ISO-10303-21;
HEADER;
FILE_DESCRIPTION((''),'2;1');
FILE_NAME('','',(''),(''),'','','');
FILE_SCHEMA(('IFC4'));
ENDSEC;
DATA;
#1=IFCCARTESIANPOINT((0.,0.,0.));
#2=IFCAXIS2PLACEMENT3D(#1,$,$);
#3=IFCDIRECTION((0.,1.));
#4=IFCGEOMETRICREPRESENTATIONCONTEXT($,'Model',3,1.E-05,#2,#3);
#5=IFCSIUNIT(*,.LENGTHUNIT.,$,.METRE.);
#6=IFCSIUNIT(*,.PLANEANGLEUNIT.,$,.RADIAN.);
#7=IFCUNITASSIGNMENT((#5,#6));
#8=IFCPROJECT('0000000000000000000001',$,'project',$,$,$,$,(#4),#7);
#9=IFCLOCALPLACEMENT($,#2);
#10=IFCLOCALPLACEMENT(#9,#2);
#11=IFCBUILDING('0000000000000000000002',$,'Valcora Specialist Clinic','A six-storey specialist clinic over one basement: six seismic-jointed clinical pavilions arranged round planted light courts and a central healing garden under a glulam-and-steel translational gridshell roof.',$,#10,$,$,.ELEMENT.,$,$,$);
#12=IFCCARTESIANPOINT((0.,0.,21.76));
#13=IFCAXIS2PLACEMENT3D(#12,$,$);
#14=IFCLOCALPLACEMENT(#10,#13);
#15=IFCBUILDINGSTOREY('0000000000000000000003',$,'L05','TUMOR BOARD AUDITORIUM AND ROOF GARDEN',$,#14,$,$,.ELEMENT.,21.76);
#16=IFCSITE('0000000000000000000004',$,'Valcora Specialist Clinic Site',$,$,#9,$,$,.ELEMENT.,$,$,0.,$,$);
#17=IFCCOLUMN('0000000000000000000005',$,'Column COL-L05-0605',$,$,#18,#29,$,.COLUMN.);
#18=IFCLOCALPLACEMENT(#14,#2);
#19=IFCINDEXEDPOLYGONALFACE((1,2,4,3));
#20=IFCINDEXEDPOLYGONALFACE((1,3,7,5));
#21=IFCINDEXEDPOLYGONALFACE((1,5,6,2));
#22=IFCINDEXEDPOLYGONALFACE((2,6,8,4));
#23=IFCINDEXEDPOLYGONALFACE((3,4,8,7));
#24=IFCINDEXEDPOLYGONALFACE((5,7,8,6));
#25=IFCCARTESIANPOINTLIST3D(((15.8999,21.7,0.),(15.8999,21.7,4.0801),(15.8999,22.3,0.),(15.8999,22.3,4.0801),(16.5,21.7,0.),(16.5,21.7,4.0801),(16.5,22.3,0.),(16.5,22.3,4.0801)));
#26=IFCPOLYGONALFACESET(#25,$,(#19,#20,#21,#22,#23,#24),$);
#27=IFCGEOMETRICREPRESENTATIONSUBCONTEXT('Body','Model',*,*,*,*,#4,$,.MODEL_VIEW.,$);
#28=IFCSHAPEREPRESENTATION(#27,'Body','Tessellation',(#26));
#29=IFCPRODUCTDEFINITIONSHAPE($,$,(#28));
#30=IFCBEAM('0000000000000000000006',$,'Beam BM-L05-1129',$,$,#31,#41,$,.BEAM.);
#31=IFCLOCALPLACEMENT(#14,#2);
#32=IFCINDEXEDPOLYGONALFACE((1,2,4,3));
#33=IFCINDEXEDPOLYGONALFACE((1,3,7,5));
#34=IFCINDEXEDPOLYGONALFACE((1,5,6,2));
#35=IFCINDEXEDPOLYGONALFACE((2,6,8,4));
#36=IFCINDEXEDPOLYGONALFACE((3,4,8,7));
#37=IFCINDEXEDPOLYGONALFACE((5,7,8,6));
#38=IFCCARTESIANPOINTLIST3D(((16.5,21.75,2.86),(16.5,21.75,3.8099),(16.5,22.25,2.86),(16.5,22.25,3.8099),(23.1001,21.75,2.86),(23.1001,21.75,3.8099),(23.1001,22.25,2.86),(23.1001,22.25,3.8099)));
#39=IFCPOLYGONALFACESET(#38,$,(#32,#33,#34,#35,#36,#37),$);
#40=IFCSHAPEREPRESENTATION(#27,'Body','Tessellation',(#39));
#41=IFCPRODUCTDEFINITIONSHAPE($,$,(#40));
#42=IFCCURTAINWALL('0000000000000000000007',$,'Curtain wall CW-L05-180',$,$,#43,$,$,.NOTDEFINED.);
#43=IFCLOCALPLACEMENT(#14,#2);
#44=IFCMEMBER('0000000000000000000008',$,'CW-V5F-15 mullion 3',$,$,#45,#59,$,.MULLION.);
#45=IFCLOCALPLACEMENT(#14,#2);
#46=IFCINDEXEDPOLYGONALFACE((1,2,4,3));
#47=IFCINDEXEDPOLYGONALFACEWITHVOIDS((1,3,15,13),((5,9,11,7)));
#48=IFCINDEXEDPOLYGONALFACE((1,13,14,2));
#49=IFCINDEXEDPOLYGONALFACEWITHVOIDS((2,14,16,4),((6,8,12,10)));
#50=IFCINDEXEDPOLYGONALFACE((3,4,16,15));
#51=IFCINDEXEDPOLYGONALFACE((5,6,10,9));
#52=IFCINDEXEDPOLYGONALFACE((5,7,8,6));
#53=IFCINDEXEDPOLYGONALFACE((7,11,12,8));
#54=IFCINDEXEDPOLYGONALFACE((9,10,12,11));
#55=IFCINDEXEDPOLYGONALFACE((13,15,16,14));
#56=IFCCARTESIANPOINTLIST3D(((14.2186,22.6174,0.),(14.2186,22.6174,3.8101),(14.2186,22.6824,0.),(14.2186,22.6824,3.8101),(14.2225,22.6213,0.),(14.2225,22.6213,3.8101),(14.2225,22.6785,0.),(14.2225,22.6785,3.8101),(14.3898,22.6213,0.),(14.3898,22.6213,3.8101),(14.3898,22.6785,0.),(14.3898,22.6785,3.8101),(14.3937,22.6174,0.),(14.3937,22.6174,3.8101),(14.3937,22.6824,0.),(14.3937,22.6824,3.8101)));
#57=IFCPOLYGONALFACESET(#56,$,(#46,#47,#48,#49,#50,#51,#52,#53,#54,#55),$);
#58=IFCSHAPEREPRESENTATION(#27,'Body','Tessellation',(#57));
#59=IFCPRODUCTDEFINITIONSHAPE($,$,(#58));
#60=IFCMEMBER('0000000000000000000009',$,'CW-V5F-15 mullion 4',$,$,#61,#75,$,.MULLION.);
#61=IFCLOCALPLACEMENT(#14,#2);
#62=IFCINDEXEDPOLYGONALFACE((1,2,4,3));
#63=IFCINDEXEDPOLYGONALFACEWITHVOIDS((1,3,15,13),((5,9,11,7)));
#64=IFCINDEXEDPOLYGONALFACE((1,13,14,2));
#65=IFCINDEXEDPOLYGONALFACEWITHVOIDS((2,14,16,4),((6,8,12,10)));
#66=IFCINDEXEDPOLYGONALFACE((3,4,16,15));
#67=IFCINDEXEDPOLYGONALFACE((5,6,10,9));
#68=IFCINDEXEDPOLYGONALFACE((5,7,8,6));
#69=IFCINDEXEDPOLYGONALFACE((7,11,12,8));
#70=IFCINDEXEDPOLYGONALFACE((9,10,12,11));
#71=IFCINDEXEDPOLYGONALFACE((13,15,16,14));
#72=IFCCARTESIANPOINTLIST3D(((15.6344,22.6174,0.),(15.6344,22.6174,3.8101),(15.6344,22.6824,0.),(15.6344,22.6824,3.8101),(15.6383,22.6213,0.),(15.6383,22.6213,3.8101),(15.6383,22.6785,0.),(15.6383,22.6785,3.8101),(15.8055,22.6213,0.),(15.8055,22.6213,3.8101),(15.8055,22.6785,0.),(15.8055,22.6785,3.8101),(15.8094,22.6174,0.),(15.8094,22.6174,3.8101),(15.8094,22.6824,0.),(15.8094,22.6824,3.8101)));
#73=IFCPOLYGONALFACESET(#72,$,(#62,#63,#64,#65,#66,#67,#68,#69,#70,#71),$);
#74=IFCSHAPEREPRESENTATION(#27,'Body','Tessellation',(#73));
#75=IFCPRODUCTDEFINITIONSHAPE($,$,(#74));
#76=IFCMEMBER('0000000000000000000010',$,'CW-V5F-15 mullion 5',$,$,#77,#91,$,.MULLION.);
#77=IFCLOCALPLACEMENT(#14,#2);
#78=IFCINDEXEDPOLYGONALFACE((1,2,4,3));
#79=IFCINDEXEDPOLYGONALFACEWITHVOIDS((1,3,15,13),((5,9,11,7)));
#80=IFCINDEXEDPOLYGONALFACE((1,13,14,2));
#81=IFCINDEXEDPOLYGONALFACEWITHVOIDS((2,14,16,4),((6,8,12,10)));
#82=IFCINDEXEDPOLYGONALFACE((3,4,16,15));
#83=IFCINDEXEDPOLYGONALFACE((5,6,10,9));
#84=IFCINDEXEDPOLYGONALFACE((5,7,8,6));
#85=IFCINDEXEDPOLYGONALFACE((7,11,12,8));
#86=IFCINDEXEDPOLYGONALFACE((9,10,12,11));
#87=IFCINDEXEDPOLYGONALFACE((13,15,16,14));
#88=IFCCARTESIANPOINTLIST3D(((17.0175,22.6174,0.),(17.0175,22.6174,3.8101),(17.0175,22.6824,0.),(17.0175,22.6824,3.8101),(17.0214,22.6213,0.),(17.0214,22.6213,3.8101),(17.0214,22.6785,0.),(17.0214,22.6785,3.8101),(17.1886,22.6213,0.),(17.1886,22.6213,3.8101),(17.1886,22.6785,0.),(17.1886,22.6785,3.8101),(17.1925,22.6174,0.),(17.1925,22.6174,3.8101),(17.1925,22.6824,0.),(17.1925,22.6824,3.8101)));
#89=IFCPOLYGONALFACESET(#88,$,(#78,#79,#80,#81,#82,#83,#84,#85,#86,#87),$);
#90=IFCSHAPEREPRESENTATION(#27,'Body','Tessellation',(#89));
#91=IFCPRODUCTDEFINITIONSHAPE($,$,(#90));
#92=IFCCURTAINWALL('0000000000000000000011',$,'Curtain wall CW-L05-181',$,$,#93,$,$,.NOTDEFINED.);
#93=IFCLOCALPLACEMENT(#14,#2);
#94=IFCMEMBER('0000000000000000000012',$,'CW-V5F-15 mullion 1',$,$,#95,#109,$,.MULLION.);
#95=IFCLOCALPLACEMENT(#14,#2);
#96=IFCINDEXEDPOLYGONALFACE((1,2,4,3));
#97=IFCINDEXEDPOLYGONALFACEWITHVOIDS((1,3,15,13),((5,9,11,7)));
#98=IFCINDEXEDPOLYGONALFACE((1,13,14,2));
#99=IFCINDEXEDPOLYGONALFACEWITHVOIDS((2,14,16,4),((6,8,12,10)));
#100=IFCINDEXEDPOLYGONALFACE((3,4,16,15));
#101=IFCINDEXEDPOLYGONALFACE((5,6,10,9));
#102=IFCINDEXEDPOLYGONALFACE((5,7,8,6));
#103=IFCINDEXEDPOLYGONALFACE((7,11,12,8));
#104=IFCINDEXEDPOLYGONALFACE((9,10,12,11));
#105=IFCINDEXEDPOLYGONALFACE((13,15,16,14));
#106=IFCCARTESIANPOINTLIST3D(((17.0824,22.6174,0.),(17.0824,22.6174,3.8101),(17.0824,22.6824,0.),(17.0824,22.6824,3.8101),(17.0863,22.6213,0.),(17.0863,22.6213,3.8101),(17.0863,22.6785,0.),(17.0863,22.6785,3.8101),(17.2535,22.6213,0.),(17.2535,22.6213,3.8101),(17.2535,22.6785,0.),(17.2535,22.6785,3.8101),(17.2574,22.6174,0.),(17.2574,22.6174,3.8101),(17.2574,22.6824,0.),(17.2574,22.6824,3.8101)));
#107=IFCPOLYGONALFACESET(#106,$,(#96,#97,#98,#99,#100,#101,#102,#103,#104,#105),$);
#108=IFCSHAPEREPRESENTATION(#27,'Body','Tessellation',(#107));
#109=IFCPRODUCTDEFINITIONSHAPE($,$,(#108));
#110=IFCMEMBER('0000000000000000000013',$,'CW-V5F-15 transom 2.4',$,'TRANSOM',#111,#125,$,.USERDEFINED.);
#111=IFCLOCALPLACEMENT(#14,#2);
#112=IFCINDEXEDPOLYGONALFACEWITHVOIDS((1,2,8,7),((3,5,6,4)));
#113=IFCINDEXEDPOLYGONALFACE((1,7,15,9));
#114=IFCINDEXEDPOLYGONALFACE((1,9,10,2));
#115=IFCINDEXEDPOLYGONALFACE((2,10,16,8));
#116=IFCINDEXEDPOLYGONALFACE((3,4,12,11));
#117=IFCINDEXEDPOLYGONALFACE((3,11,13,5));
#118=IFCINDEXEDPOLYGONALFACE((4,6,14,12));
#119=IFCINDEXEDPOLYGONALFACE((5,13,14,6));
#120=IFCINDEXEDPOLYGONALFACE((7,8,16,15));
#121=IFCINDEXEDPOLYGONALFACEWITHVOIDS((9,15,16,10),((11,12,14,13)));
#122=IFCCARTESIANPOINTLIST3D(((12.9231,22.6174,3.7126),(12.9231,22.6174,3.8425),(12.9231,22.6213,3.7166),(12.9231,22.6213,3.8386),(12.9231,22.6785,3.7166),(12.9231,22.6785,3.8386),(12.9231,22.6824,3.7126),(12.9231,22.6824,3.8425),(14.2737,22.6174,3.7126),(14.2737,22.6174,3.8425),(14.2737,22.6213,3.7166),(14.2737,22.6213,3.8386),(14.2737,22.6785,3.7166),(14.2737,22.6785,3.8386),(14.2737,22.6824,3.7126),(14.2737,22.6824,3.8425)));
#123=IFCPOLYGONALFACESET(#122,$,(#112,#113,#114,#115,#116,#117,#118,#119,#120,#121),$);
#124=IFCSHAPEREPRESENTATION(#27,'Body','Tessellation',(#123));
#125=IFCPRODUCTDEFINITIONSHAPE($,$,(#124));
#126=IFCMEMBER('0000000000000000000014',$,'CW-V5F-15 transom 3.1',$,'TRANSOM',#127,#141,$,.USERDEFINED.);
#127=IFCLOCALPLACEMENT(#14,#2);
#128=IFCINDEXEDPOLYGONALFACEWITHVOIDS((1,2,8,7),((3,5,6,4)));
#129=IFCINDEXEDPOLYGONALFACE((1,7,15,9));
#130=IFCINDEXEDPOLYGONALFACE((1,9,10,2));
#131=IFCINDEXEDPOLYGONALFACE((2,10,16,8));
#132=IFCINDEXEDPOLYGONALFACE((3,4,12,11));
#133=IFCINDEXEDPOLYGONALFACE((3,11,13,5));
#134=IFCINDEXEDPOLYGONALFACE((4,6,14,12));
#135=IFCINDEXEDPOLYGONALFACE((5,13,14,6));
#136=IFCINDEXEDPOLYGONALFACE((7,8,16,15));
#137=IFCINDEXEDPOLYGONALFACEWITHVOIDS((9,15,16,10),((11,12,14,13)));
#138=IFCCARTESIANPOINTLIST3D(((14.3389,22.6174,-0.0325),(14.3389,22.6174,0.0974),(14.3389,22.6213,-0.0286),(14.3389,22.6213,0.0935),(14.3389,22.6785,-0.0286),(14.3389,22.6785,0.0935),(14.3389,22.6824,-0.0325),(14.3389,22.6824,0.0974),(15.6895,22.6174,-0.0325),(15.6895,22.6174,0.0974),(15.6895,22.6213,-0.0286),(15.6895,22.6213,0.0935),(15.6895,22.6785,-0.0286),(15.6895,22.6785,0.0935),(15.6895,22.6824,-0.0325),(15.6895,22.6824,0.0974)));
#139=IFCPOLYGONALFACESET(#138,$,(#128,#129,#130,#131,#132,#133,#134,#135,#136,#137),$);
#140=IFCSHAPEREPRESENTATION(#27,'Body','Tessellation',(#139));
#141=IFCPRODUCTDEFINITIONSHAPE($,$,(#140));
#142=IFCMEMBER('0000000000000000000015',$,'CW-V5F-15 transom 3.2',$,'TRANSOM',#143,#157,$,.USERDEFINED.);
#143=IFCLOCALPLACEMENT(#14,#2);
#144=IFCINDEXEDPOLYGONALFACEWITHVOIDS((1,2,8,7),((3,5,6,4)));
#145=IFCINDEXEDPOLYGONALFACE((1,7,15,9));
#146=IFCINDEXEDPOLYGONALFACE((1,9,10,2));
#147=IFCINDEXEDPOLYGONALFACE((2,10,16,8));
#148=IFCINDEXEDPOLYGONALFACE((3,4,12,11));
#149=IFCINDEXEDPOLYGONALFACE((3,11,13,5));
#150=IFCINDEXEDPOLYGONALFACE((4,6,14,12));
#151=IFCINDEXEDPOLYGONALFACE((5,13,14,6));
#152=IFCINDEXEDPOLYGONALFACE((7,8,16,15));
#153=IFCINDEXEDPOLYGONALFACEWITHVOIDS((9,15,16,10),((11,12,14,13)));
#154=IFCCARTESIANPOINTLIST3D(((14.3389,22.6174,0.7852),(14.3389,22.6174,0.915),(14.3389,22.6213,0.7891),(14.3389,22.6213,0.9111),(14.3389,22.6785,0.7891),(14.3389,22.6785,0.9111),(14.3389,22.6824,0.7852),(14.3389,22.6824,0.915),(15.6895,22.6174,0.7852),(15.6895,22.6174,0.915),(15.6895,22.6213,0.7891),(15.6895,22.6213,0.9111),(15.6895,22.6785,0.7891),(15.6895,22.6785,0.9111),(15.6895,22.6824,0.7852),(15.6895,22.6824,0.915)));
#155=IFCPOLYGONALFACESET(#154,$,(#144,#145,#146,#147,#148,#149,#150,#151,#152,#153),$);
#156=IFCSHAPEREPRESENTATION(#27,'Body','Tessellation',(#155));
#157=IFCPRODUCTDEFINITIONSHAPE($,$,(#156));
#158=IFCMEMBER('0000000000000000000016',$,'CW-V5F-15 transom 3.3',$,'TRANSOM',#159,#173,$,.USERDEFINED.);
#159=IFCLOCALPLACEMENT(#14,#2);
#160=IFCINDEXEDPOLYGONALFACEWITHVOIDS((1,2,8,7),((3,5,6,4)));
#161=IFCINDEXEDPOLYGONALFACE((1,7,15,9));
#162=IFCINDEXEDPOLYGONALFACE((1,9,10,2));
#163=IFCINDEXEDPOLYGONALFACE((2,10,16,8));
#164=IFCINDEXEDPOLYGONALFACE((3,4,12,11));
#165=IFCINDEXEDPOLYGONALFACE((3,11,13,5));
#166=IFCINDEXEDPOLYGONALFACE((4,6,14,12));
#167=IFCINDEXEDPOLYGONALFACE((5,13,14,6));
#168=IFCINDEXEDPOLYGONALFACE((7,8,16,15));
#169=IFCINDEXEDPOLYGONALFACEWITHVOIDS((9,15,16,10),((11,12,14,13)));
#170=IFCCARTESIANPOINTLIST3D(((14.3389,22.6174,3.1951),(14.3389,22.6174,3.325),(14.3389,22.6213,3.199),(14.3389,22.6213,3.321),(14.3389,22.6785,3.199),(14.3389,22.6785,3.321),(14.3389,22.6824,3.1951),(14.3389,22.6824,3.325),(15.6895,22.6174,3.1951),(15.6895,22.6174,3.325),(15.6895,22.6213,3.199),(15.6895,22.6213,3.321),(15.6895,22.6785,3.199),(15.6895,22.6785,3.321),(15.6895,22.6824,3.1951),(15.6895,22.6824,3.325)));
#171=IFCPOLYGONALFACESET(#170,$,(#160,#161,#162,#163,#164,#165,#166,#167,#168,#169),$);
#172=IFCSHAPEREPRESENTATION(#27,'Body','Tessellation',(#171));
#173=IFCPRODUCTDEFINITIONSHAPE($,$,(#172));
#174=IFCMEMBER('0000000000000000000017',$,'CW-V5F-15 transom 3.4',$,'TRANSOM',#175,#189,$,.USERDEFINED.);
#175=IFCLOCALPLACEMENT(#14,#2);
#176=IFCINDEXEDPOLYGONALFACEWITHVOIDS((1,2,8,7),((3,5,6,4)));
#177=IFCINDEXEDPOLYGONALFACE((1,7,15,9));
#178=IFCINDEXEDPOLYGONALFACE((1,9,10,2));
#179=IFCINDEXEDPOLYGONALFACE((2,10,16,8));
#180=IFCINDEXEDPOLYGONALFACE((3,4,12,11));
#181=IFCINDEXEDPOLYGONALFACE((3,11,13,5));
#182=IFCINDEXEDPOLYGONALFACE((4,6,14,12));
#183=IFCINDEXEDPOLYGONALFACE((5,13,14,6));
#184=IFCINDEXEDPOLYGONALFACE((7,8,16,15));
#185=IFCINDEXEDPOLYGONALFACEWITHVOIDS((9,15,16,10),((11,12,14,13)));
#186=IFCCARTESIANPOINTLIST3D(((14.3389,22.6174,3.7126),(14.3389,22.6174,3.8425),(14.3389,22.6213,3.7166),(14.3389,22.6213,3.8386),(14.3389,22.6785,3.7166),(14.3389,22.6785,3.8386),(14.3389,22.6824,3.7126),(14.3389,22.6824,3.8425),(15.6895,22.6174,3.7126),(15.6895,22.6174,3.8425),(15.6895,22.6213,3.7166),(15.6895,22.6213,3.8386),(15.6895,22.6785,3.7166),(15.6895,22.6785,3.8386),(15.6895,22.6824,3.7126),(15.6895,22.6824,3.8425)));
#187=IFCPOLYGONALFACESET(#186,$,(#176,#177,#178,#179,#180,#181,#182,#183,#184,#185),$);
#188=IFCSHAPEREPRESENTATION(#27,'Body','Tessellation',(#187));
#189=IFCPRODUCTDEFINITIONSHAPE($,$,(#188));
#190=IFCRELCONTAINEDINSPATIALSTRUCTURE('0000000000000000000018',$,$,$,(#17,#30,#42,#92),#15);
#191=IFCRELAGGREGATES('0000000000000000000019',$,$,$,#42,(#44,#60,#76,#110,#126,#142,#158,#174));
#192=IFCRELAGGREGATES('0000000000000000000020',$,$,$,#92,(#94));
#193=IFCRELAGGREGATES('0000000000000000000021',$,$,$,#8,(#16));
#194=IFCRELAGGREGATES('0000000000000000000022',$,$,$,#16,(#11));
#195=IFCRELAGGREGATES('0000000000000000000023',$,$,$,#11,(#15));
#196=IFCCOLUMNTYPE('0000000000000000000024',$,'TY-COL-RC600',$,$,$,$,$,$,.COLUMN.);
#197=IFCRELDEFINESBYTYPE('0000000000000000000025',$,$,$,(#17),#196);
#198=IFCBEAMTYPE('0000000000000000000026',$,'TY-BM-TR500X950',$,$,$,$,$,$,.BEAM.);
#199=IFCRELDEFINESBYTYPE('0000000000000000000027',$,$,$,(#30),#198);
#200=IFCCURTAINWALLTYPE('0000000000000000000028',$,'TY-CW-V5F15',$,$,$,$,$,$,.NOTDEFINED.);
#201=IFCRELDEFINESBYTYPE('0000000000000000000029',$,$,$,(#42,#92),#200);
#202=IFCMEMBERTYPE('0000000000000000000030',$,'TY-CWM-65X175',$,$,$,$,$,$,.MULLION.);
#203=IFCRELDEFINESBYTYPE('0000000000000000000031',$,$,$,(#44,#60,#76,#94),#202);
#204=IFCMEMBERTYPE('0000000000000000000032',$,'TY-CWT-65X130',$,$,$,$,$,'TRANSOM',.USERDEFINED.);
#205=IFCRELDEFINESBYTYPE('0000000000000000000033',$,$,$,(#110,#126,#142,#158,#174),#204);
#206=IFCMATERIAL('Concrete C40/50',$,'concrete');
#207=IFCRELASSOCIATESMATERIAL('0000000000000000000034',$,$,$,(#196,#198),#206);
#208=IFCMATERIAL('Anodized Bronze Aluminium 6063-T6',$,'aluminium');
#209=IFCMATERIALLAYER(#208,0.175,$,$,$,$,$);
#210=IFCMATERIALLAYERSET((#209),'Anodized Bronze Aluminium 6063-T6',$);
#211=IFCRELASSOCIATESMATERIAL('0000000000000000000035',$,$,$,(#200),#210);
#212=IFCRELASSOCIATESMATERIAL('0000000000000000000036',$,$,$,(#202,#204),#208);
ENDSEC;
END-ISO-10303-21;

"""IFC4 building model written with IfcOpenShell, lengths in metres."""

from ifc_helpers import new_model, si_unit, direction, frame, origin, origin_2d, place, context, subcontext, project, spatial, rectangle, hollow_rectangle, extrude, material, layer, layer_set, material_profile, profile_set, type_object, element, aggregate, save


model = new_model("IFC4")

# Units and contexts
model_context = context("Model", 3, precision=1e-05, world=origin(), true_north=direction((0.0, 1.0)))
body_context = subcontext(model_context, "Body", "Model", "MODEL_VIEW")
ifc_project = project(units=[si_unit("LENGTHUNIT", "METRE"), si_unit("PLANEANGLEUNIT", "RADIAN")], contexts=[model_context])

# Site, building, storey
site_placement = place(None, origin())
site = spatial("IfcSite", under=ifc_project, at=site_placement, Name="Valcora Specialist Clinic Site", CompositionType="ELEMENT", RefElevation=0.0)
building_placement = place(site_placement, origin())
building = spatial("IfcBuilding", under=site, at=building_placement, Name="Valcora Specialist Clinic", Description="A six-storey specialist clinic over one basement: six seismic-jointed clinical pavilions arranged round planted light courts and a central healing garden under a glulam-and-steel translational gridshell roof.", CompositionType="ELEMENT")
storey_placement = place(building_placement, frame((0.0, 0.0, 21.76)))
storey = spatial("IfcBuildingStorey", under=building, at=storey_placement, Name="L05", Description="TUMOR BOARD AUDITORIUM AND ROOF GARDEN", CompositionType="ELEMENT", Elevation=21.76)

# Column
ifc_material_1 = material(Name="Concrete C40/50", Category="concrete")
ifc_material_profile_1 = material_profile(ifc_material_1, rectangle(XDim=0.6001, YDim=0.6001, at=origin_2d()), Name="RC-COL-600X600")
ifc_profile_set_1 = profile_set([ifc_material_profile_1], Name="Concrete C40/50")
column_type = type_object("IfcColumnType", Name="TY-COL-RC600", PredefinedType="COLUMN", material=ifc_profile_set_1)
column_placement = place(storey_placement, frame((16.2, 22.0, 0.0), z_axis=(0.0, 0.0, 1.0), x_axis=(1.0, 0.0, 0.0)))
element("IfcColumn", 1, at=column_placement, inside=storey, type_object=column_type, Name="Column COL-L05-0605", PredefinedType="COLUMN", context=body_context, shape_type="SweptSolid", body=[
    extrude(rectangle(XDim=0.6001, YDim=0.6001, at=origin_2d()), origin(), (0.0, 0.0, 1.0), 4.0801),
])

# Beam
ifc_material_profile_2 = material_profile(ifc_material_1, rectangle(XDim=0.5, YDim=0.95, at=origin_2d()), Name="RC-BM-500X950")
ifc_profile_set_2 = profile_set([ifc_material_profile_2], Name="Concrete C40/50")
beam_type = type_object("IfcBeamType", Name="TY-BM-TR500X950", PredefinedType="BEAM", material=ifc_profile_set_2)
beam_placement = place(storey_placement, frame((16.5, 22.0, 3.335), z_axis=(1.0, 0.0, 0.0), x_axis=(0.0, 1.0, 0.0)))
element("IfcBeam", 2, at=beam_placement, inside=storey, type_object=beam_type, Name="Beam BM-L05-1129", PredefinedType="BEAM", context=body_context, shape_type="SweptSolid", body=[
    extrude(rectangle(XDim=0.5, YDim=0.95, at=origin_2d()), origin(), (0.0, 0.0, 1.0), 6.6001),
])

# Curtain wall, members
ifc_material_2 = material(Name="Anodized Bronze Aluminium 6063-T6", Category="aluminium")
ifc_layer_1 = layer(ifc_material_2, 0.175)
ifc_layer_set_1 = layer_set([ifc_layer_1], Name="Anodized Bronze Aluminium 6063-T6")
curtain_wall_type = type_object("IfcCurtainWallType", Name="TY-CW-V5F15", PredefinedType="NOTDEFINED", material=ifc_layer_set_1)
curtain_wall_1_placement = place(storey_placement, origin())
curtain_wall_1 = element("IfcCurtainWall", 3, at=curtain_wall_1_placement, inside=storey, type_object=curtain_wall_type, Name="Curtain wall CW-L05-180", PredefinedType="NOTDEFINED")
ifc_material_profile_3 = material_profile(ifc_material_2, hollow_rectangle(XDim=0.0649, YDim=0.175, WallThickness=0.0039, at=origin_2d()), Name="AL-MUL-65X175")
ifc_profile_set_3 = profile_set([ifc_material_profile_3], Name="Anodized Bronze Aluminium 6063-T6")
member_type_1 = type_object("IfcMemberType", Name="TY-CWM-65X175", PredefinedType="MULLION", material=ifc_profile_set_3)
member_1_placement = place(storey_placement, frame((14.3062, 22.6499, 0.0), z_axis=(0.0, 0.0, 1.0), x_axis=(0.0, 1.0, 0.0)))
member_1 = element("IfcMember", 4, at=member_1_placement, type_object=member_type_1, Name="CW-V5F-15 mullion 3", PredefinedType="MULLION", context=body_context, shape_type="SweptSolid", body=[
    extrude(hollow_rectangle(XDim=0.0649, YDim=0.175, WallThickness=0.0039, at=origin_2d()), origin(), (0.0, 0.0, 1.0), 3.8101),
])
member_2_placement = place(storey_placement, frame((15.7219, 22.6499, 0.0), z_axis=(0.0, 0.0, 1.0), x_axis=(0.0, 1.0, 0.0)))
member_2 = element("IfcMember", 5, at=member_2_placement, type_object=member_type_1, Name="CW-V5F-15 mullion 4", PredefinedType="MULLION", context=body_context, shape_type="SweptSolid", body=[
    extrude(hollow_rectangle(XDim=0.0649, YDim=0.175, WallThickness=0.0039, at=origin_2d()), origin(), (0.0, 0.0, 1.0), 3.8101),
])
member_3_placement = place(storey_placement, frame((17.105, 22.6499, 0.0), z_axis=(0.0, 0.0, 1.0), x_axis=(0.0, 1.0, 0.0)))
member_3 = element("IfcMember", 6, at=member_3_placement, type_object=member_type_1, Name="CW-V5F-15 mullion 5", PredefinedType="MULLION", context=body_context, shape_type="SweptSolid", body=[
    extrude(hollow_rectangle(XDim=0.0649, YDim=0.175, WallThickness=0.0039, at=origin_2d()), origin(), (0.0, 0.0, 1.0), 3.8101),
])

# Curtain wall, member
curtain_wall_2_placement = place(storey_placement, origin())
curtain_wall_2 = element("IfcCurtainWall", 7, at=curtain_wall_2_placement, inside=storey, type_object=curtain_wall_type, Name="Curtain wall CW-L05-181", PredefinedType="NOTDEFINED")
member_4_placement = place(storey_placement, frame((17.1699, 22.6499, 0.0), z_axis=(0.0, 0.0, 1.0), x_axis=(0.0, 1.0, 0.0)))
member_4 = element("IfcMember", 8, at=member_4_placement, type_object=member_type_1, Name="CW-V5F-15 mullion 1", PredefinedType="MULLION", context=body_context, shape_type="SweptSolid", body=[
    extrude(hollow_rectangle(XDim=0.0649, YDim=0.175, WallThickness=0.0039, at=origin_2d()), origin(), (0.0, 0.0, 1.0), 3.8101),
])

# Members
ifc_material_profile_4 = material_profile(ifc_material_2, hollow_rectangle(XDim=0.0649, YDim=0.1299, WallThickness=0.0039, at=origin_2d()), Name="AL-TRN-65X130")
ifc_profile_set_4 = profile_set([ifc_material_profile_4], Name="Anodized Bronze Aluminium 6063-T6")
member_type_2 = type_object("IfcMemberType", Name="TY-CWT-65X130", ElementType="TRANSOM", PredefinedType="USERDEFINED", material=ifc_profile_set_4)
member_5_placement = place(storey_placement, frame((12.9231, 22.6499, 3.7776), z_axis=(1.0, 0.0, 0.0), x_axis=(0.0, 1.0, 0.0)))
member_5 = element("IfcMember", 9, at=member_5_placement, type_object=member_type_2, Name="CW-V5F-15 transom 2.4", ObjectType="TRANSOM", PredefinedType="USERDEFINED", context=body_context, shape_type="SweptSolid", body=[
    extrude(hollow_rectangle(XDim=0.0649, YDim=0.1299, WallThickness=0.0039, at=origin_2d()), origin(), (0.0, 0.0, 1.0), 1.3506),
])
member_6_placement = place(storey_placement, frame((14.3389, 22.6499, 0.0325), z_axis=(1.0, 0.0, 0.0), x_axis=(0.0, 1.0, 0.0)))
member_6 = element("IfcMember", 10, at=member_6_placement, type_object=member_type_2, Name="CW-V5F-15 transom 3.1", ObjectType="TRANSOM", PredefinedType="USERDEFINED", context=body_context, shape_type="SweptSolid", body=[
    extrude(hollow_rectangle(XDim=0.0649, YDim=0.1299, WallThickness=0.0039, at=origin_2d()), origin(), (0.0, 0.0, 1.0), 1.3506),
])
member_7_placement = place(storey_placement, frame((14.3389, 22.6499, 0.8501), z_axis=(1.0, 0.0, 0.0), x_axis=(0.0, 1.0, 0.0)))
member_7 = element("IfcMember", 11, at=member_7_placement, type_object=member_type_2, Name="CW-V5F-15 transom 3.2", ObjectType="TRANSOM", PredefinedType="USERDEFINED", context=body_context, shape_type="SweptSolid", body=[
    extrude(hollow_rectangle(XDim=0.0649, YDim=0.1299, WallThickness=0.0039, at=origin_2d()), origin(), (0.0, 0.0, 1.0), 1.3506),
])
member_8_placement = place(storey_placement, frame((14.3389, 22.6499, 3.26), z_axis=(1.0, 0.0, 0.0), x_axis=(0.0, 1.0, 0.0)))
member_8 = element("IfcMember", 12, at=member_8_placement, type_object=member_type_2, Name="CW-V5F-15 transom 3.3", ObjectType="TRANSOM", PredefinedType="USERDEFINED", context=body_context, shape_type="SweptSolid", body=[
    extrude(hollow_rectangle(XDim=0.0649, YDim=0.1299, WallThickness=0.0039, at=origin_2d()), origin(), (0.0, 0.0, 1.0), 1.3506),
])
member_9_placement = place(storey_placement, frame((14.3389, 22.6499, 3.7776), z_axis=(1.0, 0.0, 0.0), x_axis=(0.0, 1.0, 0.0)))
member_9 = element("IfcMember", 13, at=member_9_placement, type_object=member_type_2, Name="CW-V5F-15 transom 3.4", ObjectType="TRANSOM", PredefinedType="USERDEFINED", context=body_context, shape_type="SweptSolid", body=[
    extrude(hollow_rectangle(XDim=0.0649, YDim=0.1299, WallThickness=0.0039, at=origin_2d()), origin(), (0.0, 0.0, 1.0), 1.3506),
])

aggregate(curtain_wall_1, [member_1, member_2, member_3, member_5, member_6, member_7, member_8, member_9])
aggregate(curtain_wall_2, [member_4])

save(model, "model.ifc")
